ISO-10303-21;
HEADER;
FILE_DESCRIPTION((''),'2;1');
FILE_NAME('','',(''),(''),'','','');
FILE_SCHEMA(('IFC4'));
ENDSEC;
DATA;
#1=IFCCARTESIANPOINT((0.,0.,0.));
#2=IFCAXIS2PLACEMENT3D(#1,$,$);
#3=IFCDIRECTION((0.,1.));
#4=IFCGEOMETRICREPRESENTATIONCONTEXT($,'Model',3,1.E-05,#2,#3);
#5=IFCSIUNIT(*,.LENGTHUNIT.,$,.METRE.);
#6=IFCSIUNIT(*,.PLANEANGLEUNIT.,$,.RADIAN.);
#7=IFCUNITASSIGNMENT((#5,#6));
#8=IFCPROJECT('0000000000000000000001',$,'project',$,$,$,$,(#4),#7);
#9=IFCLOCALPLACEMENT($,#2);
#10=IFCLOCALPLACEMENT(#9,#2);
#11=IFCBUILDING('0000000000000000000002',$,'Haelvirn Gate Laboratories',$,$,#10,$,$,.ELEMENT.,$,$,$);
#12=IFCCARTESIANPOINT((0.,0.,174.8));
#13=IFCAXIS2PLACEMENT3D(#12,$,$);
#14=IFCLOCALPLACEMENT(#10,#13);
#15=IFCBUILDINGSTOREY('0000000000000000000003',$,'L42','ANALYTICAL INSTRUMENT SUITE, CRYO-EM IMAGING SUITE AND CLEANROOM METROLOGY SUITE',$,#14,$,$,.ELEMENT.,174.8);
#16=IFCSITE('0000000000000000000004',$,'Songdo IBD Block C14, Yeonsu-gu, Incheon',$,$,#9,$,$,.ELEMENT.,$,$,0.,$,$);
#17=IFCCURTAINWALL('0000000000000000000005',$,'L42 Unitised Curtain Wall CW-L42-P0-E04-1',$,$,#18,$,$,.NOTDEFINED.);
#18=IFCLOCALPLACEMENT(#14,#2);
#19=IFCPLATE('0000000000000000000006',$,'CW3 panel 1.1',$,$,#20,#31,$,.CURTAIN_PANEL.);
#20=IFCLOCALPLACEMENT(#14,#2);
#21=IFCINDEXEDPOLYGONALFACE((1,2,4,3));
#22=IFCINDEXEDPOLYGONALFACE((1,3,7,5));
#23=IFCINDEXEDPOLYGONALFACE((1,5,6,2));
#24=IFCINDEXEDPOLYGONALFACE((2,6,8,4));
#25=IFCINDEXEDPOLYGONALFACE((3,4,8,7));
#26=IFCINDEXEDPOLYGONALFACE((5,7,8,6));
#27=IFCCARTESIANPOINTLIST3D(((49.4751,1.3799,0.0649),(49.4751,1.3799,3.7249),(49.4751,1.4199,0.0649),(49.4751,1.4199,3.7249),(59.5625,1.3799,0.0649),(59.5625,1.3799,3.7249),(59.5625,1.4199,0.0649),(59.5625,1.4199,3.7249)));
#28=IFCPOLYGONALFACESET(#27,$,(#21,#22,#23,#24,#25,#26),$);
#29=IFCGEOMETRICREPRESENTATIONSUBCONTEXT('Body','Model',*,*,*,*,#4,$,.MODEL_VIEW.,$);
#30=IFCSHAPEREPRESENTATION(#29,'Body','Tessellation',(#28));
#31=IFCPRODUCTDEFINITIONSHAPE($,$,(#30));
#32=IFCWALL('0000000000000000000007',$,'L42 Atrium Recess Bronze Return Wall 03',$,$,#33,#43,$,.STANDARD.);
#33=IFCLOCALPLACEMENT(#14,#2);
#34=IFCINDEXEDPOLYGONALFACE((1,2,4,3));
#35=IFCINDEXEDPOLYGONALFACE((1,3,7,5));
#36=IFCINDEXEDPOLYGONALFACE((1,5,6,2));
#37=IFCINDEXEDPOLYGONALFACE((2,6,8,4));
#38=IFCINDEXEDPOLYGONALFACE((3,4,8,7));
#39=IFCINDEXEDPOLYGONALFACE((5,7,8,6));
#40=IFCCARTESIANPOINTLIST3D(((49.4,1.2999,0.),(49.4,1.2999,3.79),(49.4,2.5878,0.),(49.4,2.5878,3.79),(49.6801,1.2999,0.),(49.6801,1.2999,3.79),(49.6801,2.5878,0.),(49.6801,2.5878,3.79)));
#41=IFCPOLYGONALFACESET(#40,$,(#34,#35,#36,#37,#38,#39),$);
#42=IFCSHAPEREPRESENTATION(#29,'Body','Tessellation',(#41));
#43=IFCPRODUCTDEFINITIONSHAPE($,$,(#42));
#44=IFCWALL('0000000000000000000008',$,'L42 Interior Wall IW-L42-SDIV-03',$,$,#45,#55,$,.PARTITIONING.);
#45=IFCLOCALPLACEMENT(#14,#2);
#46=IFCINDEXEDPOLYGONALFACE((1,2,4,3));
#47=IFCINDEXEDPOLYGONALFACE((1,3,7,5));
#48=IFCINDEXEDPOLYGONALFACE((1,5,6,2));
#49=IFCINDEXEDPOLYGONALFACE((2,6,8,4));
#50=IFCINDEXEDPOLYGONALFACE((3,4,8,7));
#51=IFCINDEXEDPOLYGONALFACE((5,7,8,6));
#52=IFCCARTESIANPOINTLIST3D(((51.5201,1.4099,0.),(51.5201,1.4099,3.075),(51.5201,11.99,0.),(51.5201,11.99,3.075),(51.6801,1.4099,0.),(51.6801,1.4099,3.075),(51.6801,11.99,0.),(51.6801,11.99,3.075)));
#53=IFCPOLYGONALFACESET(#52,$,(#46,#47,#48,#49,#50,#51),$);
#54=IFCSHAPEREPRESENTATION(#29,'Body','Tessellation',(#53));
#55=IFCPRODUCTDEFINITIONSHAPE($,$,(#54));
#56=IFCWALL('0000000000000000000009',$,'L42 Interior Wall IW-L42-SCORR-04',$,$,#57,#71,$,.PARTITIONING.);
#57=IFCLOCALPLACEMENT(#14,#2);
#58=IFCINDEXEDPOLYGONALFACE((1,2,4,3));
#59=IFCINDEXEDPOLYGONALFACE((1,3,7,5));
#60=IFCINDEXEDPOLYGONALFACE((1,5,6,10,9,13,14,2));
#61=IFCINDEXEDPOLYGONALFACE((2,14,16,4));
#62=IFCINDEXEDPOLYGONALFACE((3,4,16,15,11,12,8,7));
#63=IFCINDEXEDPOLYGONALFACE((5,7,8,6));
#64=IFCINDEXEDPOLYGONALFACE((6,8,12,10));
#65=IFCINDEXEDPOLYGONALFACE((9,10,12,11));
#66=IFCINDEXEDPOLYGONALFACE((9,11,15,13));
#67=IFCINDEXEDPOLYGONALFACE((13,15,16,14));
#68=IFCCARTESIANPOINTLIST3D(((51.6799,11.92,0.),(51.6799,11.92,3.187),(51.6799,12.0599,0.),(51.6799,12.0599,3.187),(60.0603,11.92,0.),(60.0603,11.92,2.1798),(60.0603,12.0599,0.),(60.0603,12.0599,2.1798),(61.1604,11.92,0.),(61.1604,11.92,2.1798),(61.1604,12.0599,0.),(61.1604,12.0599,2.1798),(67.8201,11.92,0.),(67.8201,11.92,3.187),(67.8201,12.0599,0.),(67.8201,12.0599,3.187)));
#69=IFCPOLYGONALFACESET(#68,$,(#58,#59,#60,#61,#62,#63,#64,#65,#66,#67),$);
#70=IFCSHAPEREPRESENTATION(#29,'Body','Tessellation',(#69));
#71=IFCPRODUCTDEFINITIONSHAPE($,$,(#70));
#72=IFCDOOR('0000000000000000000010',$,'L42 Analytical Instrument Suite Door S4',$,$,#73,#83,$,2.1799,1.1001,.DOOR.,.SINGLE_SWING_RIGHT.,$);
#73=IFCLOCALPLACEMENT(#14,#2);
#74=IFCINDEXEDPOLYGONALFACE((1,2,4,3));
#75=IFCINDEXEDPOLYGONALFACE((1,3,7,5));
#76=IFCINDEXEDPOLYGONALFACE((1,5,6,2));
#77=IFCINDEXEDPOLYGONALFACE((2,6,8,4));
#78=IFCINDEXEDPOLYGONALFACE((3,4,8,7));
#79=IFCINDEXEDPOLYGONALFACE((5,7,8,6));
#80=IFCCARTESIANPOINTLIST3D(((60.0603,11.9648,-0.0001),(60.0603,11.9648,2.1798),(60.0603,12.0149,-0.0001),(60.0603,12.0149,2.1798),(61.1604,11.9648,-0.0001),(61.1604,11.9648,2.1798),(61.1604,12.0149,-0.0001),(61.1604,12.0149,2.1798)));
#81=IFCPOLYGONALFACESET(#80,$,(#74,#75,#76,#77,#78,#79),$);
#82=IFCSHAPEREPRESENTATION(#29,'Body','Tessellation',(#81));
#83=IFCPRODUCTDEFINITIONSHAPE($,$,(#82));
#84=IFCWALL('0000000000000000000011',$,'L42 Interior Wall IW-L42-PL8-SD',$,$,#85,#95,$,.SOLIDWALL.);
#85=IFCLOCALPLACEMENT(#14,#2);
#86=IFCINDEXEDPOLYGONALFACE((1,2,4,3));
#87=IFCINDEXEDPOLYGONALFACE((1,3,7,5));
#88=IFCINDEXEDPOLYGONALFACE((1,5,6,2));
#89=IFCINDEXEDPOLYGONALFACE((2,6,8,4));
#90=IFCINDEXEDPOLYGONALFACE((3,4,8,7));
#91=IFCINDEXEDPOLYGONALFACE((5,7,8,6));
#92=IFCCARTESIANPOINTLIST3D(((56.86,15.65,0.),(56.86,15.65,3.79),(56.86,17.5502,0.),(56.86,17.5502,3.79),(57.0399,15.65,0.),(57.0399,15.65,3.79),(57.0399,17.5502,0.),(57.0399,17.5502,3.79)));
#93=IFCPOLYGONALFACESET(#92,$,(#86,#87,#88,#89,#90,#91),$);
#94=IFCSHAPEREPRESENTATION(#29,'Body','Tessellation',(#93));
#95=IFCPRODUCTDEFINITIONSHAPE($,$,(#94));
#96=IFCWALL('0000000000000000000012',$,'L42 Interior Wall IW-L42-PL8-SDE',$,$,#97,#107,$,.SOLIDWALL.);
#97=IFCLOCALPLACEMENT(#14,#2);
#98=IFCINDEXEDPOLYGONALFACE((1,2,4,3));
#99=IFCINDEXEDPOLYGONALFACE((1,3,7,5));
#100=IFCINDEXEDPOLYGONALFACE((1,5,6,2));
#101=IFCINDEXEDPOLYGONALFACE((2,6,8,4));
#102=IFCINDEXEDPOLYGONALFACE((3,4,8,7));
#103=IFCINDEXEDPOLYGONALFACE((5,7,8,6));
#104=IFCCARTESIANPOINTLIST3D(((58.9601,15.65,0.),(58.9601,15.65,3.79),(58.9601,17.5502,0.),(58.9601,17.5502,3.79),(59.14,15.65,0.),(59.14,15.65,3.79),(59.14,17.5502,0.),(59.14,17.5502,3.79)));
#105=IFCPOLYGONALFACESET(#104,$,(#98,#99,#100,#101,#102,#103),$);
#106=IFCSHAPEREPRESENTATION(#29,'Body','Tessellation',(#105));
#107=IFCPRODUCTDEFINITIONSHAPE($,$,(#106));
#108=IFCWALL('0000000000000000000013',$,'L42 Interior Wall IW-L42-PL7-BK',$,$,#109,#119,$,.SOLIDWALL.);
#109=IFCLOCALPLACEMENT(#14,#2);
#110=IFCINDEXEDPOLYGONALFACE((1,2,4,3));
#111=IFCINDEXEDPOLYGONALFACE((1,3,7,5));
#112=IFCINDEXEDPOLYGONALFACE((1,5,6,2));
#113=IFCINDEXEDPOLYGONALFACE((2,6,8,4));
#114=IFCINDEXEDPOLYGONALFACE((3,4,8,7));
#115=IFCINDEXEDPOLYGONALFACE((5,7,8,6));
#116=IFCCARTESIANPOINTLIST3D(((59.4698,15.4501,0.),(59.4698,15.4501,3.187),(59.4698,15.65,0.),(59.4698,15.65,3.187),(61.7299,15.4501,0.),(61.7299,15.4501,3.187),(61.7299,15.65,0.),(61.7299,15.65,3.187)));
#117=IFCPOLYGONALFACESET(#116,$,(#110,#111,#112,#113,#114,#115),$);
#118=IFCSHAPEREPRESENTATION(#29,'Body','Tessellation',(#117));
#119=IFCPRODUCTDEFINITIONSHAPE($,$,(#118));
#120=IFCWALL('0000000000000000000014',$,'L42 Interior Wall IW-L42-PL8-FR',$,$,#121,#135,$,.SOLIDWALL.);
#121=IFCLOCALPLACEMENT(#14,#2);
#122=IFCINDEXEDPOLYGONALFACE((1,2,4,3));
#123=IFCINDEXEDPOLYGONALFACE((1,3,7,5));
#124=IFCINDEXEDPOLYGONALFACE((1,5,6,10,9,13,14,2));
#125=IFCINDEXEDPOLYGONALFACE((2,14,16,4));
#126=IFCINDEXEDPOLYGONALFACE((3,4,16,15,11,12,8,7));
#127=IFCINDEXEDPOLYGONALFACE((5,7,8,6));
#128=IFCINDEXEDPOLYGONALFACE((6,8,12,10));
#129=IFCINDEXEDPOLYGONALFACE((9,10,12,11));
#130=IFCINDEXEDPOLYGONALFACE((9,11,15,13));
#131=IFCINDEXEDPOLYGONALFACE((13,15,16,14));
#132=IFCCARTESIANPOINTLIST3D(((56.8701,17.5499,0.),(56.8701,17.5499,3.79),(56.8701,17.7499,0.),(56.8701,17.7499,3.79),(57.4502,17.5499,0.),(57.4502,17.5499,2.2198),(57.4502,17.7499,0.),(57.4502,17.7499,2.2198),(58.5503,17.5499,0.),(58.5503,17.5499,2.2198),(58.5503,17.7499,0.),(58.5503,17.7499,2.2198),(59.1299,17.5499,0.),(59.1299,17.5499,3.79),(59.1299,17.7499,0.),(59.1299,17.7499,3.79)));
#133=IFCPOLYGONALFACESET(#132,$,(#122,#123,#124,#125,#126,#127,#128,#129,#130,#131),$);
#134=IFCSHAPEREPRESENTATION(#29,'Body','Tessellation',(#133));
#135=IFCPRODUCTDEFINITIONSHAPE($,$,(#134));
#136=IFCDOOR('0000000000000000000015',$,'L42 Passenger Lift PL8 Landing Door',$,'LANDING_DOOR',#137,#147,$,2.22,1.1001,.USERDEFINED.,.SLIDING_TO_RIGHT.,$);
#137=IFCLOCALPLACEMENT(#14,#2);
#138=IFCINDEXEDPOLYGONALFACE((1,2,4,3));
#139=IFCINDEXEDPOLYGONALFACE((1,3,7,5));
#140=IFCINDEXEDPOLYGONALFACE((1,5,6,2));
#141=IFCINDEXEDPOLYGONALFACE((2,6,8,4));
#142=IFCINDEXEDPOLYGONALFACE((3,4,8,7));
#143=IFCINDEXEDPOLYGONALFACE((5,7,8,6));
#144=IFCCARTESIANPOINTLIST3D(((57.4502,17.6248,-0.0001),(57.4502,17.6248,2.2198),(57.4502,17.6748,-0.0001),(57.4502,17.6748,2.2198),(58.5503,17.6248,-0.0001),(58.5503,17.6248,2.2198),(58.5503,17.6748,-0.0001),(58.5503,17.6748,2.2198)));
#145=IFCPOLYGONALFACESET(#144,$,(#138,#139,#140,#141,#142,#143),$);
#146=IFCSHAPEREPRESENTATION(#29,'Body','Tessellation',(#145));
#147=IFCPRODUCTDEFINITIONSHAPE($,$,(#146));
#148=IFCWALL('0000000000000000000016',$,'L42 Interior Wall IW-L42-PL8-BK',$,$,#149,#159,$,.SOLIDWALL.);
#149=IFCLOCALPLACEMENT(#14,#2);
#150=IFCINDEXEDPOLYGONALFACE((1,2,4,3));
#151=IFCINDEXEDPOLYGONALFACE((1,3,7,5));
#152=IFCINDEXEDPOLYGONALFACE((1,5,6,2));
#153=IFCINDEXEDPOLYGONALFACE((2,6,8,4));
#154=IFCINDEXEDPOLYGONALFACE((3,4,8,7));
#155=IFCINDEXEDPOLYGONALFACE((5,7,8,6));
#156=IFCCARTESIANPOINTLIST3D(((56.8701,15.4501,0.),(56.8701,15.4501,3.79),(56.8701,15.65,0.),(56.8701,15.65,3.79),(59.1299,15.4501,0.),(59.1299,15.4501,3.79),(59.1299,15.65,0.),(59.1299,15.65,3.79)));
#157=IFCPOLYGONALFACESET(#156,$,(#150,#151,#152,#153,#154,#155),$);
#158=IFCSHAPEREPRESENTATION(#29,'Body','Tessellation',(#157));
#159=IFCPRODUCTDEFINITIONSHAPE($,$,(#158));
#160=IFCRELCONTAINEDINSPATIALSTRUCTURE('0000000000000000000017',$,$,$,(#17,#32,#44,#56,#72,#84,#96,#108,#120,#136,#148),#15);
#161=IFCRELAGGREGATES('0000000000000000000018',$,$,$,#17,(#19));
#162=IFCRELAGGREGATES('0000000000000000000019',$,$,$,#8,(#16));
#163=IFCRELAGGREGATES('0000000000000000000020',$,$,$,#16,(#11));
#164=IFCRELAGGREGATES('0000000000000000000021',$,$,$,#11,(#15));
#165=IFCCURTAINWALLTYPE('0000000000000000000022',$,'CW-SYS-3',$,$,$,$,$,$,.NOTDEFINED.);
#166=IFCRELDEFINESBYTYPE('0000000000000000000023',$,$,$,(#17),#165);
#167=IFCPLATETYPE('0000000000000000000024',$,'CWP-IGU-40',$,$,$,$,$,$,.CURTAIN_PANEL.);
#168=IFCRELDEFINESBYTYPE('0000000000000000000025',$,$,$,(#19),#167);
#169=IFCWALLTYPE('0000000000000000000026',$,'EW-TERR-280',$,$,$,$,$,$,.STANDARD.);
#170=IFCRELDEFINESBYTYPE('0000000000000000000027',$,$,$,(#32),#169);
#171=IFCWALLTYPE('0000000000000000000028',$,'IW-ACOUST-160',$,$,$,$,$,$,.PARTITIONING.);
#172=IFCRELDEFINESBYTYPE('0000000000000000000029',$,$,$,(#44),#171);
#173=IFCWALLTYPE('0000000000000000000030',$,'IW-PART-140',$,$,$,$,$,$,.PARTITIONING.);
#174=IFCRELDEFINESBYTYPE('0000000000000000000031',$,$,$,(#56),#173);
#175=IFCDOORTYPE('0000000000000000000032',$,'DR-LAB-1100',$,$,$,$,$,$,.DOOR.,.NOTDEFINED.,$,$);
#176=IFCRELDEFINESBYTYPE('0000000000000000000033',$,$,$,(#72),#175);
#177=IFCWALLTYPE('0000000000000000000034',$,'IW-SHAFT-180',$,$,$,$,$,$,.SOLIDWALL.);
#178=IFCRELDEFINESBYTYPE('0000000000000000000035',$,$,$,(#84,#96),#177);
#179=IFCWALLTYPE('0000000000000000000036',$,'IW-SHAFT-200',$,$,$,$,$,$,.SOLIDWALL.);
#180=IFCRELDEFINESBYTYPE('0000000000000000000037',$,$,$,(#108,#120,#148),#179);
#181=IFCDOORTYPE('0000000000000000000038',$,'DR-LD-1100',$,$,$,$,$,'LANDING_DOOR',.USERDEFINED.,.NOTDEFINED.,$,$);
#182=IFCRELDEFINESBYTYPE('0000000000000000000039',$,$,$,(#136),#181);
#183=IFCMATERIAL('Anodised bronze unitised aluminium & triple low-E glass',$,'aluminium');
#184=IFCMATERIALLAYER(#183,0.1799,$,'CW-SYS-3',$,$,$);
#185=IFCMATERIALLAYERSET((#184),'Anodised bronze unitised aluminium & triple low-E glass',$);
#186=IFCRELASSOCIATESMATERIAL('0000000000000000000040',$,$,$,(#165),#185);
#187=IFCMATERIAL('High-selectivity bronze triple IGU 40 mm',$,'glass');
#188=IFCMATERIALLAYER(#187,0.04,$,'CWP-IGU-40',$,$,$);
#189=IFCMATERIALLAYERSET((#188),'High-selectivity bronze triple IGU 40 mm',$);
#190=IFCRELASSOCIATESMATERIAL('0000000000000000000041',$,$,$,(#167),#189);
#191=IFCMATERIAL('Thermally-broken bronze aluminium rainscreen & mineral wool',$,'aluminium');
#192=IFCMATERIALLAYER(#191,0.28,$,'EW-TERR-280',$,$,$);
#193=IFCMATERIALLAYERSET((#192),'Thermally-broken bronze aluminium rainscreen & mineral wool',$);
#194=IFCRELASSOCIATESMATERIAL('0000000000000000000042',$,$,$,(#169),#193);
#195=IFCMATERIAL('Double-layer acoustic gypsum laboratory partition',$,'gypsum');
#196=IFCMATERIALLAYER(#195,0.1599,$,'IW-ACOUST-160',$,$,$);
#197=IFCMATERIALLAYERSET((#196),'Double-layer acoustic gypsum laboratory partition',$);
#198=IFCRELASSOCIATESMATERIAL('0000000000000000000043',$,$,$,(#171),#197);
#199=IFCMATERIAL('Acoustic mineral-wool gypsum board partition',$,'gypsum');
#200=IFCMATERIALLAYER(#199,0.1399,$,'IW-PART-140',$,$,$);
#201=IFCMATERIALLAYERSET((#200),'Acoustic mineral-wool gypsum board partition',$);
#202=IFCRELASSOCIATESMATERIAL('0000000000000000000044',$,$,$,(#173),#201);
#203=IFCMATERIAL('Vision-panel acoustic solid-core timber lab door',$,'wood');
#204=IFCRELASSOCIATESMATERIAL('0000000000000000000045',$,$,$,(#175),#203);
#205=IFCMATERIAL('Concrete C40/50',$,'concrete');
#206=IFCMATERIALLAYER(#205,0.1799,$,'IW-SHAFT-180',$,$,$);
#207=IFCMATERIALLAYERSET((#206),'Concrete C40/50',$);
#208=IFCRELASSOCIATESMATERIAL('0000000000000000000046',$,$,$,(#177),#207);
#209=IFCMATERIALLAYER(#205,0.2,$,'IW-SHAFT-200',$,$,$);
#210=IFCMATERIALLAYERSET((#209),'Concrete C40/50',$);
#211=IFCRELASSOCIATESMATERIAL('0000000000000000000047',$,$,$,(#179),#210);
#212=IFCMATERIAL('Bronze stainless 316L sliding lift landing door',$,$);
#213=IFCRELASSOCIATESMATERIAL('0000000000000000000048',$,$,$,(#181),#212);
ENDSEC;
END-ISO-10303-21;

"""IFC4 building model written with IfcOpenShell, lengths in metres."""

from ifc_helpers import new_model, si_unit, direction, frame, frame_2d, origin, origin_2d, place, context, subcontext, project, spatial, rectangle, extrude, source, transform, mapped, material, layer, layer_set, type_object, type_shapes, element, fill, aggregate, save


model = new_model("IFC4")

# Units and contexts
model_context = context("Model", 3, precision=1e-05, world=origin(), true_north=direction((0.0, 1.0)))
body_context = subcontext(model_context, "Body", "Model", "MODEL_VIEW")
ifc_project = project(units=[si_unit("LENGTHUNIT", "METRE"), si_unit("PLANEANGLEUNIT", "RADIAN")], contexts=[model_context])

# Site, building, storey
site_placement = place(None, origin())
site = spatial("IfcSite", under=ifc_project, at=site_placement, Name="Songdo IBD Block C14, Yeonsu-gu, Incheon", CompositionType="ELEMENT", RefElevation=0.0)
building_placement = place(site_placement, origin())
building = spatial("IfcBuilding", under=site, at=building_placement, Name="Haelvirn Gate Laboratories", CompositionType="ELEMENT")
storey_placement = place(building_placement, frame((0.0, 0.0, 174.8)))
storey = spatial("IfcBuildingStorey", under=building, at=storey_placement, Name="L42", Description="ANALYTICAL INSTRUMENT SUITE, CRYO-EM IMAGING SUITE AND CLEANROOM METROLOGY SUITE", CompositionType="ELEMENT", Elevation=174.8)

# Curtain wall
ifc_material_1 = material(Name="Anodised bronze unitised aluminium & triple low-E glass", Category="aluminium")
ifc_layer_1 = layer(ifc_material_1, 0.1799, Name="CW-SYS-3")
ifc_layer_set_1 = layer_set([ifc_layer_1], Name="Anodised bronze unitised aluminium & triple low-E glass")
curtain_wall_type = type_object("IfcCurtainWallType", Name="CW-SYS-3", PredefinedType="NOTDEFINED", material=ifc_layer_set_1)
curtain_wall_1_placement = place(storey_placement, origin())
curtain_wall_1 = element("IfcCurtainWall", 1, at=curtain_wall_1_placement, inside=storey, type_object=curtain_wall_type, Name="L42 Unitised Curtain Wall CW-L42-P0-E04-1", PredefinedType="NOTDEFINED")

# Plate
ifc_material_2 = material(Name="High-selectivity bronze triple IGU 40 mm", Category="glass")
ifc_layer_2 = layer(ifc_material_2, 0.04, Name="CWP-IGU-40")
ifc_layer_set_2 = layer_set([ifc_layer_2], Name="High-selectivity bronze triple IGU 40 mm")
plate_type = type_object("IfcPlateType", Name="CWP-IGU-40", PredefinedType="CURTAIN_PANEL", material=ifc_layer_set_2)
shared_shape_1 = source(origin(), body_context, "Body", "SweptSolid", [
    extrude(rectangle(XDim=10.0874, YDim=0.04, at=origin_2d()), origin(), (0.0, 0.0, 1.0), 3.6599),
])
type_shapes(plate_type, [shared_shape_1])
plate_placement = place(storey_placement, frame((54.5188, 1.3999, 0.0649), z_axis=(0.0, 0.0, 1.0), x_axis=(1.0, 0.0, 0.0)))
plate = element("IfcPlate", 2, at=plate_placement, type_object=plate_type, Name="CW3 panel 1.1", PredefinedType="CURTAIN_PANEL", context=body_context, shape_type="MappedRepresentation", body=[
    mapped(shared_shape_1, transform((0.0, 0.0, 0.0), scale=1.0)),
])
aggregate(curtain_wall_1, [plate])

# Walls
ifc_material_3 = material(Name="Thermally-broken bronze aluminium rainscreen & mineral wool", Category="aluminium")
ifc_layer_3 = layer(ifc_material_3, 0.28, Name="EW-TERR-280")
ifc_layer_set_3 = layer_set([ifc_layer_3], Name="Thermally-broken bronze aluminium rainscreen & mineral wool")
wall_type_1 = type_object("IfcWallType", Name="EW-TERR-280", PredefinedType="STANDARD", material=ifc_layer_set_3)
wall_1_placement = place(storey_placement, frame((49.54, 2.5879, 0.0), z_axis=(0.0, 0.0, 1.0), x_axis=(0.0, -1.0, 0.0)))
element("IfcWall", 3, at=wall_1_placement, inside=storey, type_object=wall_type_1, Name="L42 Atrium Recess Bronze Return Wall 03", PredefinedType="STANDARD", context=body_context, shape_type="SweptSolid", body=[
    extrude(rectangle(XDim=1.2878, YDim=0.28, at=frame_2d((0.644, 0.0))), origin(), (0.0, 0.0, 1.0), 3.79),
])
ifc_material_4 = material(Name="Double-layer acoustic gypsum laboratory partition", Category="gypsum")
ifc_layer_4 = layer(ifc_material_4, 0.1599, Name="IW-ACOUST-160")
ifc_layer_set_4 = layer_set([ifc_layer_4], Name="Double-layer acoustic gypsum laboratory partition")
wall_type_2 = type_object("IfcWallType", Name="IW-ACOUST-160", PredefinedType="PARTITIONING", material=ifc_layer_set_4)
wall_2_placement = place(storey_placement, frame((51.6001, 1.4099, 0.0), z_axis=(0.0, 0.0, 1.0), x_axis=(0.0, 1.0, 0.0)))
element("IfcWall", 4, at=wall_2_placement, inside=storey, type_object=wall_type_2, Name="L42 Interior Wall IW-L42-SDIV-03", PredefinedType="PARTITIONING", context=body_context, shape_type="SweptSolid", body=[
    extrude(rectangle(XDim=10.5801, YDim=0.1599, at=frame_2d((5.29, 0.0))), origin(), (0.0, 0.0, 1.0), 3.075),
])

# Wall, opening, door
ifc_material_5 = material(Name="Acoustic mineral-wool gypsum board partition", Category="gypsum")
ifc_layer_5 = layer(ifc_material_5, 0.1399, Name="IW-PART-140")
ifc_layer_set_5 = layer_set([ifc_layer_5], Name="Acoustic mineral-wool gypsum board partition")
wall_type_3 = type_object("IfcWallType", Name="IW-PART-140", PredefinedType="PARTITIONING", material=ifc_layer_set_5)
wall_3_placement = place(storey_placement, frame((51.6799, 11.99, 0.0), z_axis=(0.0, 0.0, 1.0), x_axis=(1.0, 0.0, 0.0)))
wall_3 = element("IfcWall", 5, at=wall_3_placement, inside=storey, type_object=wall_type_3, Name="L42 Interior Wall IW-L42-SCORR-04", PredefinedType="PARTITIONING", context=body_context, shape_type="SweptSolid", body=[
    extrude(rectangle(XDim=16.1401, YDim=0.1399, at=frame_2d((8.0701, 0.0))), origin(), (0.0, 0.0, 1.0), 3.187),
])
opening_1_placement = place(wall_3_placement, frame((8.3804, 0.0, 0.0)))
opening_1 = element("IfcOpeningElement", 6, at=opening_1_placement, cuts=wall_3, PredefinedType="OPENING", context=body_context, shape_type="SweptSolid", body=[
    extrude(rectangle(XDim=1.1001, YDim=2.1799, at=frame_2d((0.55, 1.0898))), frame((0.0, 0.0801, 0.0), z_axis=(0.0, -1.0, 0.0), x_axis=(1.0, 0.0, 0.0)), (0.0, 0.0, 1.0), 0.1599),
])
ifc_material_6 = material(Name="Vision-panel acoustic solid-core timber lab door", Category="wood")
door_type_1 = type_object("IfcDoorType", Name="DR-LAB-1100", OperationType="NOTDEFINED", PredefinedType="DOOR", material=ifc_material_6)
shared_shape_2 = source(origin(), body_context, "Body", "SweptSolid", [
    extrude(rectangle(XDim=1.1001, YDim=2.1799, at=frame_2d((0.55, 1.0898))), frame((0.0, 0.0249, 0.0), z_axis=(0.0, -1.0, 0.0), x_axis=(1.0, 0.0, 0.0)), (0.0, 0.0, 1.0), 0.05),
])
type_shapes(door_type_1, [shared_shape_2])
door_1_placement = place(opening_1_placement, origin())
door_1 = element("IfcDoor", 7, at=door_1_placement, inside=storey, type_object=door_type_1, Name="L42 Analytical Instrument Suite Door S4", OperationType="SINGLE_SWING_RIGHT", OverallHeight=2.1799, OverallWidth=1.1001, PredefinedType="DOOR", context=body_context, shape_type="MappedRepresentation", body=[
    mapped(shared_shape_2, transform((0.0, 0.0, 0.0), scale=1.0)),
])
fill(opening_1, door_1)

# Walls
ifc_material_7 = material(Name="Concrete C40/50", Category="concrete")
ifc_layer_6 = layer(ifc_material_7, 0.1799, Name="IW-SHAFT-180")
ifc_layer_set_6 = layer_set([ifc_layer_6], Name="Concrete C40/50")
wall_type_4 = type_object("IfcWallType", Name="IW-SHAFT-180", PredefinedType="SOLIDWALL", material=ifc_layer_set_6)
for number, where, z_axis, x_axis, name in (
    (8, (56.95, 15.6499, 0.0), (0.0, 0.0, 1.0), (0.0, 1.0, 0.0), "L42 Interior Wall IW-L42-PL8-SD"),
    (9, (59.05, 15.6499, 0.0), (0.0, 0.0, 1.0), (0.0, 1.0, 0.0), "L42 Interior Wall IW-L42-PL8-SDE"),
):
    element("IfcWall", number, at=place(storey_placement, frame(where, z_axis=z_axis, x_axis=x_axis)), inside=storey, type_object=wall_type_4, Name=name, PredefinedType="SOLIDWALL", context=body_context, shape_type="SweptSolid", body=[
        extrude(rectangle(XDim=1.9001, YDim=0.1799, at=frame_2d((0.9502, 0.0))), origin(), (0.0, 0.0, 1.0), 3.79),
    ])
ifc_layer_7 = layer(ifc_material_7, 0.2, Name="IW-SHAFT-200")
ifc_layer_set_7 = layer_set([ifc_layer_7], Name="Concrete C40/50")
wall_type_5 = type_object("IfcWallType", Name="IW-SHAFT-200", PredefinedType="SOLIDWALL", material=ifc_layer_set_7)
wall_4_placement = place(storey_placement, frame((59.47, 15.55, 0.0), z_axis=(0.0, 0.0, 1.0), x_axis=(1.0, 0.0, 0.0)))
element("IfcWall", 10, at=wall_4_placement, inside=storey, type_object=wall_type_5, Name="L42 Interior Wall IW-L42-PL7-BK", PredefinedType="SOLIDWALL", context=body_context, shape_type="SweptSolid", body=[
    extrude(rectangle(XDim=2.26, YDim=0.2, at=frame_2d((1.1299, 0.0))), origin(), (0.0, 0.0, 1.0), 3.187),
])

# Wall, opening, door
wall_5_placement = place(storey_placement, frame((56.8701, 17.6499, 0.0), z_axis=(0.0, 0.0, 1.0), x_axis=(1.0, 0.0, 0.0)))
wall_5 = element("IfcWall", 11, at=wall_5_placement, inside=storey, type_object=wall_type_5, Name="L42 Interior Wall IW-L42-PL8-FR", PredefinedType="SOLIDWALL", context=body_context, shape_type="SweptSolid", body=[
    extrude(rectangle(XDim=2.2598, YDim=0.2, at=frame_2d((1.1299, 0.0))), origin(), (0.0, 0.0, 1.0), 3.79),
])
opening_2_placement = place(wall_5_placement, frame((0.5801, 0.0, 0.0)))
opening_2 = element("IfcOpeningElement", 12, at=opening_2_placement, cuts=wall_5, PredefinedType="OPENING", context=body_context, shape_type="SweptSolid", body=[
    extrude(rectangle(XDim=1.1001, YDim=2.22, at=frame_2d((0.55, 1.1099))), frame((0.0, 0.1099, 0.0), z_axis=(0.0, -1.0, 0.0), x_axis=(1.0, 0.0, 0.0)), (0.0, 0.0, 1.0), 0.22),
])
ifc_material_8 = material(Name="Bronze stainless 316L sliding lift landing door")
door_type_2 = type_object("IfcDoorType", Name="DR-LD-1100", ElementType="LANDING_DOOR", OperationType="NOTDEFINED", PredefinedType="USERDEFINED", material=ifc_material_8)
shared_shape_3 = source(origin(), body_context, "Body", "SweptSolid", [
    extrude(rectangle(XDim=1.1001, YDim=2.22, at=frame_2d((0.55, 1.1099))), frame((0.0, 0.0249, 0.0), z_axis=(0.0, -1.0, 0.0), x_axis=(1.0, 0.0, 0.0)), (0.0, 0.0, 1.0), 0.05),
])
type_shapes(door_type_2, [shared_shape_3])
door_2_placement = place(opening_2_placement, origin())
door_2 = element("IfcDoor", 13, at=door_2_placement, inside=storey, type_object=door_type_2, Name="L42 Passenger Lift PL8 Landing Door", ObjectType="LANDING_DOOR", OperationType="SLIDING_TO_RIGHT", OverallHeight=2.22, OverallWidth=1.1001, PredefinedType="USERDEFINED", context=body_context, shape_type="MappedRepresentation", body=[
    mapped(shared_shape_3, transform((0.0, 0.0, 0.0), scale=1.0)),
])
fill(opening_2, door_2)

# Wall
wall_6_placement = place(storey_placement, frame((56.8701, 15.55, 0.0), z_axis=(0.0, 0.0, 1.0), x_axis=(1.0, 0.0, 0.0)))
element("IfcWall", 14, at=wall_6_placement, inside=storey, type_object=wall_type_5, Name="L42 Interior Wall IW-L42-PL8-BK", PredefinedType="SOLIDWALL", context=body_context, shape_type="SweptSolid", body=[
    extrude(rectangle(XDim=2.2598, YDim=0.2, at=frame_2d((1.1299, 0.0))), origin(), (0.0, 0.0, 1.0), 3.79),
])

save(model, "model.ifc")
